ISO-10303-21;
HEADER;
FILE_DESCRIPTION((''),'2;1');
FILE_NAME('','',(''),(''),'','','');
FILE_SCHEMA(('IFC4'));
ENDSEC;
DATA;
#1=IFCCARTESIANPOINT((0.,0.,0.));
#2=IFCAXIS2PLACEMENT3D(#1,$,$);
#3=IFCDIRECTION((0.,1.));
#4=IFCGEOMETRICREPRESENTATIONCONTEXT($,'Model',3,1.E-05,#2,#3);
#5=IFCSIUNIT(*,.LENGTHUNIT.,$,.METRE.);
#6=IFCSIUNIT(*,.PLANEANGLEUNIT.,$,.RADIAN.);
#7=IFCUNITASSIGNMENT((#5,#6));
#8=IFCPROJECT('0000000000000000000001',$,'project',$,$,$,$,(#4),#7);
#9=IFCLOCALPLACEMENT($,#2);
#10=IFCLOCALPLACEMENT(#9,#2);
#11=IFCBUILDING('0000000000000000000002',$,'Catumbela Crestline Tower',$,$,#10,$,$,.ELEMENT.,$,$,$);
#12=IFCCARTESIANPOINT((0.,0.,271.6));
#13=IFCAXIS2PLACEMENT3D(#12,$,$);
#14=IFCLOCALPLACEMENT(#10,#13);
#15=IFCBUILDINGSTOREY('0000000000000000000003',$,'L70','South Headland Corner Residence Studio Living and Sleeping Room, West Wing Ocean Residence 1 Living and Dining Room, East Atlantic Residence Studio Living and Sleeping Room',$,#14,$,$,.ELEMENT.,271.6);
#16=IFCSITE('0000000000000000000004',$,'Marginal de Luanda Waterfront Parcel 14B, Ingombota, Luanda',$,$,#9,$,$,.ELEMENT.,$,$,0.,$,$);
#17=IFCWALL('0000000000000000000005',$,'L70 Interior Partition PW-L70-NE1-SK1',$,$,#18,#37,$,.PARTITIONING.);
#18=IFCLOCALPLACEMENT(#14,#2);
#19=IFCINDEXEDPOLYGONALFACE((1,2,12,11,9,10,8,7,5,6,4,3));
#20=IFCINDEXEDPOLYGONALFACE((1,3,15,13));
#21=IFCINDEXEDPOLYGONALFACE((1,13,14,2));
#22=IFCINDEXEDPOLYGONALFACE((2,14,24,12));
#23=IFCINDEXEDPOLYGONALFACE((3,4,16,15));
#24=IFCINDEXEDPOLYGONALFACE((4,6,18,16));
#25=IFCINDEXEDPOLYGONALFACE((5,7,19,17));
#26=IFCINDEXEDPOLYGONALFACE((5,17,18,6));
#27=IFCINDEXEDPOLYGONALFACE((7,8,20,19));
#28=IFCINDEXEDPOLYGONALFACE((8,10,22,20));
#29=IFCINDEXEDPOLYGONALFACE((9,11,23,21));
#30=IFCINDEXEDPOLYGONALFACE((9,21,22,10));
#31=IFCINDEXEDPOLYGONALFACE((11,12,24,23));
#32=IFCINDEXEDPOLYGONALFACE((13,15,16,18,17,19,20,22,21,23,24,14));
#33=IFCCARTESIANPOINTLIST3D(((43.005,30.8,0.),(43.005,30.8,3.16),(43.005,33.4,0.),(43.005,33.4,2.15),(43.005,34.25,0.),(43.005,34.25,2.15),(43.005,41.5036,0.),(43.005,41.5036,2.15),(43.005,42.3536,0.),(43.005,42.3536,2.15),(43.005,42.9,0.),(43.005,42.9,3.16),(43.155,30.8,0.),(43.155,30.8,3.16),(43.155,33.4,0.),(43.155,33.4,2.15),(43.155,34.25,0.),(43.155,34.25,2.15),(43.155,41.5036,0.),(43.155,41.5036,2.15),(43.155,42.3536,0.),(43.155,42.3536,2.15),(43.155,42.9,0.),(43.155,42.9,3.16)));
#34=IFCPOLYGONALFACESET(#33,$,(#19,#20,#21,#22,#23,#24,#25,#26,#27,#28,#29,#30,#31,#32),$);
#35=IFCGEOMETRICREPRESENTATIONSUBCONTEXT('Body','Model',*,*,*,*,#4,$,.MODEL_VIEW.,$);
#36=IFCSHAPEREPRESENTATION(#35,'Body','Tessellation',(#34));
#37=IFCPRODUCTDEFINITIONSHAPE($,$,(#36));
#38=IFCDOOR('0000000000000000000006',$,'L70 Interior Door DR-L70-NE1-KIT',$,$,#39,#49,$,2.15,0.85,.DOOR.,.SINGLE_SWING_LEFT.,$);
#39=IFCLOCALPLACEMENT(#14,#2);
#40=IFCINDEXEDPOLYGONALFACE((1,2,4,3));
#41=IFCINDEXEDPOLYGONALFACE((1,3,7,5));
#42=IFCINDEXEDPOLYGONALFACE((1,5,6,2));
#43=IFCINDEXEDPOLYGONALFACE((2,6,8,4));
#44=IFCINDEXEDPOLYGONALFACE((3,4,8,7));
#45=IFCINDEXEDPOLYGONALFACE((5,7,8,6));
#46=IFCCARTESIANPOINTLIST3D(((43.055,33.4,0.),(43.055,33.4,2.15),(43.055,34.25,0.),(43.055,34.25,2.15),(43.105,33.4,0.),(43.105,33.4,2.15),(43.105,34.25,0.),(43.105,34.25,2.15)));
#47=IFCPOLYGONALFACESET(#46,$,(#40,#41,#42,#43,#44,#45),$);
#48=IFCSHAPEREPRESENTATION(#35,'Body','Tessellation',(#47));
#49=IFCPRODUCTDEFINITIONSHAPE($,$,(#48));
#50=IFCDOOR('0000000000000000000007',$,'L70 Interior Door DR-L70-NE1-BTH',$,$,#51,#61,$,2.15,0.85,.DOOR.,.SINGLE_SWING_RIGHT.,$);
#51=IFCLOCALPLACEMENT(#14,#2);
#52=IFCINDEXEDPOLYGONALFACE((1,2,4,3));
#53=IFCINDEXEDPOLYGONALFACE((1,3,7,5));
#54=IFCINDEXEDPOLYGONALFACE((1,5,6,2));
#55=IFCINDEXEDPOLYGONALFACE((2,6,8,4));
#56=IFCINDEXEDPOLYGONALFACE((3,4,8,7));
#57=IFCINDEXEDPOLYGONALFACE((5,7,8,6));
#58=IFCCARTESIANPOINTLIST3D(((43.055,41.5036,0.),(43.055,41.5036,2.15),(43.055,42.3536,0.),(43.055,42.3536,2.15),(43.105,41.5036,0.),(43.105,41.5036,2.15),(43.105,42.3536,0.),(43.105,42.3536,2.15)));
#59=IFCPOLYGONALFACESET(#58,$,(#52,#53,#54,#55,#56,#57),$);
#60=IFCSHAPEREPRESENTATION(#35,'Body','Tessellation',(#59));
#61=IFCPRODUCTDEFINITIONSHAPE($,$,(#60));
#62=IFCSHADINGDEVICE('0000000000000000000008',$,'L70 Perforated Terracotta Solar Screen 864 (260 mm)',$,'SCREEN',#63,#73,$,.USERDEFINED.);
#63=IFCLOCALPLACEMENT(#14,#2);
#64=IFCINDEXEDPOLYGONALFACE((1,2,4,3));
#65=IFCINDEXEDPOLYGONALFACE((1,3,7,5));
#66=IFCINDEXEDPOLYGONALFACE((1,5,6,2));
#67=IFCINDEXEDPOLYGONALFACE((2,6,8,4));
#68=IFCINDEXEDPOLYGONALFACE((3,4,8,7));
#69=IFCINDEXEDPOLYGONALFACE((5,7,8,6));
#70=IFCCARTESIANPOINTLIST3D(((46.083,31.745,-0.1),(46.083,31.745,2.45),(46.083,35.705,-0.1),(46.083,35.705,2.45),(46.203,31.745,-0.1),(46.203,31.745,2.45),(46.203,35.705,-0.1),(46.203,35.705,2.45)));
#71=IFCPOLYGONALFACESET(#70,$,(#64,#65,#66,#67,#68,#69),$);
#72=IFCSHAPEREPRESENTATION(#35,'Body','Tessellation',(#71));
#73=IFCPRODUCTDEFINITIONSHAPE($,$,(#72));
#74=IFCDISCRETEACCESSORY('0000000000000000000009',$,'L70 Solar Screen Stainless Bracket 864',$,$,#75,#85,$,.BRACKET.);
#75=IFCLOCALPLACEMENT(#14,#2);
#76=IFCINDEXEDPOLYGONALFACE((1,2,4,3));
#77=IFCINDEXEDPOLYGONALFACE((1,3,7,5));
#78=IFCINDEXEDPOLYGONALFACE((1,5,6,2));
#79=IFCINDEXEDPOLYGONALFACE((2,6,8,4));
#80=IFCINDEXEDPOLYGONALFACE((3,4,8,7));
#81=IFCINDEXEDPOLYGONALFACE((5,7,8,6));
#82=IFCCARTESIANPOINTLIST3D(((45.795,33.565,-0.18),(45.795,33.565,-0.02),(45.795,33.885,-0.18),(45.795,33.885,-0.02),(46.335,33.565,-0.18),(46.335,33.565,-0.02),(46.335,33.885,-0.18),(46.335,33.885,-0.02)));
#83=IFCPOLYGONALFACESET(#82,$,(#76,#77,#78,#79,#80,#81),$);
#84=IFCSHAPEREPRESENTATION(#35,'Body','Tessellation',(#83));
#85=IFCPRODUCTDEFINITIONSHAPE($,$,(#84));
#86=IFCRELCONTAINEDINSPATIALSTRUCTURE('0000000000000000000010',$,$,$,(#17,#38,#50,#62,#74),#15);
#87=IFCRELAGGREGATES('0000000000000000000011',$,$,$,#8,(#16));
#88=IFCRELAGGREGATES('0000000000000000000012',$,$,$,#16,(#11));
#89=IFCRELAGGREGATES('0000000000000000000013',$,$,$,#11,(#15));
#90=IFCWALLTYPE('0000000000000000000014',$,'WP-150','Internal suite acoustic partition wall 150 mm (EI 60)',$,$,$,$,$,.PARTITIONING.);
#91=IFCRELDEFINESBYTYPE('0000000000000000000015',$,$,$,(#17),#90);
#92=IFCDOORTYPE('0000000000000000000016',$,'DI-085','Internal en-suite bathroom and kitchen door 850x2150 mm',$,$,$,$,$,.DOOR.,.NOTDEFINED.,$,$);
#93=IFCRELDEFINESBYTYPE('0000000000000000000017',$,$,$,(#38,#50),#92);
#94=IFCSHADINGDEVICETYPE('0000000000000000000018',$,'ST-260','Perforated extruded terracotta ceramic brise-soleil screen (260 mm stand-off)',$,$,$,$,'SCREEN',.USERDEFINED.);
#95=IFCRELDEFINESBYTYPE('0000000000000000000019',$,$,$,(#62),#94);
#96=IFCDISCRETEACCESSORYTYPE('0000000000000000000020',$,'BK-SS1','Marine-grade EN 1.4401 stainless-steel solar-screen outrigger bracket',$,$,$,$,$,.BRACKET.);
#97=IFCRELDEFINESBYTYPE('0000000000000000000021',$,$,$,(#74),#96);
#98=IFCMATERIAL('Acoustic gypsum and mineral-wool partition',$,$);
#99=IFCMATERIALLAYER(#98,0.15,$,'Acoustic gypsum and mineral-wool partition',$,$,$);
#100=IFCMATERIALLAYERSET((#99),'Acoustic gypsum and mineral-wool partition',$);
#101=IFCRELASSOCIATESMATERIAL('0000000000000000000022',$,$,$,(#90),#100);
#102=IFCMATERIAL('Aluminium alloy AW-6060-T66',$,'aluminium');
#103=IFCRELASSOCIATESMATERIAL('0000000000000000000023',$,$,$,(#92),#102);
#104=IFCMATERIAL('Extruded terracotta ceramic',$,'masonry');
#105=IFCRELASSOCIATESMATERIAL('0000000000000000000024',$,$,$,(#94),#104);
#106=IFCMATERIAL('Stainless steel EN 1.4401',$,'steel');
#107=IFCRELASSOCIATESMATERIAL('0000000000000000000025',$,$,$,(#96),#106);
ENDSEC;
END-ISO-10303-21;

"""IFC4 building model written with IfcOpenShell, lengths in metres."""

from ifc_helpers import new_model, si_unit, direction, frame, frame_2d, origin, origin_2d, place, context, subcontext, project, spatial, rectangle, extrude, material, layer, layer_set, type_object, element, fill, save


model = new_model("IFC4")

# Units and contexts
model_context = context("Model", 3, precision=1e-05, world=origin(), true_north=direction((0.0, 1.0)))
body_context = subcontext(model_context, "Body", "Model", "MODEL_VIEW")
ifc_project = project(units=[si_unit("LENGTHUNIT", "METRE"), si_unit("PLANEANGLEUNIT", "RADIAN")], contexts=[model_context])

# Site, building, storey
site_placement = place(None, origin())
site = spatial("IfcSite", under=ifc_project, at=site_placement, Name="Marginal de Luanda Waterfront Parcel 14B, Ingombota, Luanda", CompositionType="ELEMENT", RefElevation=0.0)
building_placement = place(site_placement, origin())
building = spatial("IfcBuilding", under=site, at=building_placement, Name="Catumbela Crestline Tower", CompositionType="ELEMENT")
storey_placement = place(building_placement, frame((0.0, 0.0, 271.6)))
storey = spatial("IfcBuildingStorey", under=building, at=storey_placement, Name="L70", Description="South Headland Corner Residence Studio Living and Sleeping Room, West Wing Ocean Residence 1 Living and Dining Room, East Atlantic Residence Studio Living and Sleeping Room", CompositionType="ELEMENT", Elevation=271.6)

# Shared definitions
ifc_material_1 = material(Name="Aluminium alloy AW-6060-T66", Category="aluminium")

# Shared definitions
ifc_material_2 = material(Name="Acoustic gypsum and mineral-wool partition")

# Shared definitions
ifc_layer_1 = layer(ifc_material_2, 0.15, Name="Acoustic gypsum and mineral-wool partition")
ifc_layer_set_1 = layer_set([ifc_layer_1], Name="Acoustic gypsum and mineral-wool partition")
wall_type_1 = type_object("IfcWallType", Name="WP-150", Description="Internal suite acoustic partition wall 150 mm (EI 60)", PredefinedType="PARTITIONING", material=ifc_layer_set_1)

# Wall, openings, doors
wall_1_placement = place(storey_placement, frame((43.08, 30.8, 0.0), z_axis=(0.0, 0.0, 1.0), x_axis=(0.0, 1.0, 0.0)))
wall_1 = element("IfcWall", 1, at=wall_1_placement, inside=storey, type_object=wall_type_1, Name="L70 Interior Partition PW-L70-NE1-SK1", PredefinedType="PARTITIONING", context=body_context, shape_type="SweptSolid", body=[
    extrude(rectangle(XDim=12.1, YDim=0.15, at=frame_2d((6.05, 0.0))), origin(), (0.0, 0.0, 1.0), 3.16),
])
opening_1_placement = place(wall_1_placement, frame((2.6, 0.0, 0.0)))
opening_1 = element("IfcOpeningElement", 2, at=opening_1_placement, cuts=wall_1, PredefinedType="OPENING", context=body_context, shape_type="SweptSolid", body=[
    extrude(rectangle(XDim=0.85, YDim=2.15, at=frame_2d((0.425, 1.075))), frame((0.0, 0.085, 0.0), z_axis=(0.0, -1.0, 0.0), x_axis=(1.0, 0.0, 0.0)), (0.0, 0.0, 1.0), 0.17),
])
opening_2_placement = place(wall_1_placement, frame((10.7036, 0.0, 0.0)))
opening_2 = element("IfcOpeningElement", 3, at=opening_2_placement, cuts=wall_1, PredefinedType="OPENING", context=body_context, shape_type="SweptSolid", body=[
    extrude(rectangle(XDim=0.85, YDim=2.15, at=frame_2d((0.425, 1.075))), frame((0.0, 0.085, 0.0), z_axis=(0.0, -1.0, 0.0), x_axis=(1.0, 0.0, 0.0)), (0.0, 0.0, 1.0), 0.17),
])
door_type_1 = type_object("IfcDoorType", Name="DI-085", Description="Internal en-suite bathroom and kitchen door 850x2150 mm", OperationType="NOTDEFINED", PredefinedType="DOOR", material=ifc_material_1)
door_1_placement = place(opening_1_placement, origin())
door_1 = element("IfcDoor", 4, at=door_1_placement, inside=storey, type_object=door_type_1, Name="L70 Interior Door DR-L70-NE1-KIT", OperationType="SINGLE_SWING_LEFT", OverallHeight=2.15, OverallWidth=0.85, PredefinedType="DOOR", context=body_context, shape_type="SweptSolid", body=[
    extrude(rectangle(XDim=0.85, YDim=2.15, at=frame_2d((0.425, 1.075))), frame((0.0, 0.025, 0.0), z_axis=(0.0, -1.0, 0.0), x_axis=(1.0, 0.0, 0.0)), (0.0, 0.0, 1.0), 0.05),
])
fill(opening_1, door_1)
door_2_placement = place(opening_2_placement, origin())
door_2 = element("IfcDoor", 5, at=door_2_placement, inside=storey, type_object=door_type_1, Name="L70 Interior Door DR-L70-NE1-BTH", OperationType="SINGLE_SWING_RIGHT", OverallHeight=2.15, OverallWidth=0.85, PredefinedType="DOOR", context=body_context, shape_type="SweptSolid", body=[
    extrude(rectangle(XDim=0.85, YDim=2.15, at=frame_2d((0.425, 1.075))), frame((0.0, 0.025, 0.0), z_axis=(0.0, -1.0, 0.0), x_axis=(1.0, 0.0, 0.0)), (0.0, 0.0, 1.0), 0.05),
])
fill(opening_2, door_2)

# Shading device
ifc_material_3 = material(Name="Extruded terracotta ceramic", Category="masonry")
shading_device_type = type_object("IfcShadingDeviceType", Name="ST-260", Description="Perforated extruded terracotta ceramic brise-soleil screen (260 mm stand-off)", ElementType="SCREEN", PredefinedType="USERDEFINED", material=ifc_material_3)
shading_device_placement = place(storey_placement, frame((46.143, 33.725, -0.1), z_axis=(0.0, 0.0, 1.0), x_axis=(0.0, 1.0, 0.0)))
element("IfcShadingDevice", 6, at=shading_device_placement, inside=storey, type_object=shading_device_type, Name="L70 Perforated Terracotta Solar Screen 864 (260 mm)", ObjectType="SCREEN", PredefinedType="USERDEFINED", context=body_context, shape_type="SweptSolid", body=[
    extrude(rectangle(XDim=3.96, YDim=0.12, at=origin_2d()), origin(), (0.0, 0.0, 1.0), 2.55),
])

# Discrete accessory
ifc_material_4 = material(Name="Stainless steel EN 1.4401", Category="steel")
discrete_accessory_type = type_object("IfcDiscreteAccessoryType", Name="BK-SS1", Description="Marine-grade EN 1.4401 stainless-steel solar-screen outrigger bracket", PredefinedType="BRACKET", material=ifc_material_4)
discrete_accessory_placement = place(storey_placement, frame((46.065, 33.725, -0.18), z_axis=(0.0, 0.0, 1.0), x_axis=(0.0, 1.0, 0.0)))
element("IfcDiscreteAccessory", 7, at=discrete_accessory_placement, inside=storey, type_object=discrete_accessory_type, Name="L70 Solar Screen Stainless Bracket 864", PredefinedType="BRACKET", context=body_context, shape_type="SweptSolid", body=[
    extrude(rectangle(XDim=0.32, YDim=0.54, at=origin_2d()), origin(), (0.0, 0.0, 1.0), 0.16),
])

save(model, "model.ifc")
